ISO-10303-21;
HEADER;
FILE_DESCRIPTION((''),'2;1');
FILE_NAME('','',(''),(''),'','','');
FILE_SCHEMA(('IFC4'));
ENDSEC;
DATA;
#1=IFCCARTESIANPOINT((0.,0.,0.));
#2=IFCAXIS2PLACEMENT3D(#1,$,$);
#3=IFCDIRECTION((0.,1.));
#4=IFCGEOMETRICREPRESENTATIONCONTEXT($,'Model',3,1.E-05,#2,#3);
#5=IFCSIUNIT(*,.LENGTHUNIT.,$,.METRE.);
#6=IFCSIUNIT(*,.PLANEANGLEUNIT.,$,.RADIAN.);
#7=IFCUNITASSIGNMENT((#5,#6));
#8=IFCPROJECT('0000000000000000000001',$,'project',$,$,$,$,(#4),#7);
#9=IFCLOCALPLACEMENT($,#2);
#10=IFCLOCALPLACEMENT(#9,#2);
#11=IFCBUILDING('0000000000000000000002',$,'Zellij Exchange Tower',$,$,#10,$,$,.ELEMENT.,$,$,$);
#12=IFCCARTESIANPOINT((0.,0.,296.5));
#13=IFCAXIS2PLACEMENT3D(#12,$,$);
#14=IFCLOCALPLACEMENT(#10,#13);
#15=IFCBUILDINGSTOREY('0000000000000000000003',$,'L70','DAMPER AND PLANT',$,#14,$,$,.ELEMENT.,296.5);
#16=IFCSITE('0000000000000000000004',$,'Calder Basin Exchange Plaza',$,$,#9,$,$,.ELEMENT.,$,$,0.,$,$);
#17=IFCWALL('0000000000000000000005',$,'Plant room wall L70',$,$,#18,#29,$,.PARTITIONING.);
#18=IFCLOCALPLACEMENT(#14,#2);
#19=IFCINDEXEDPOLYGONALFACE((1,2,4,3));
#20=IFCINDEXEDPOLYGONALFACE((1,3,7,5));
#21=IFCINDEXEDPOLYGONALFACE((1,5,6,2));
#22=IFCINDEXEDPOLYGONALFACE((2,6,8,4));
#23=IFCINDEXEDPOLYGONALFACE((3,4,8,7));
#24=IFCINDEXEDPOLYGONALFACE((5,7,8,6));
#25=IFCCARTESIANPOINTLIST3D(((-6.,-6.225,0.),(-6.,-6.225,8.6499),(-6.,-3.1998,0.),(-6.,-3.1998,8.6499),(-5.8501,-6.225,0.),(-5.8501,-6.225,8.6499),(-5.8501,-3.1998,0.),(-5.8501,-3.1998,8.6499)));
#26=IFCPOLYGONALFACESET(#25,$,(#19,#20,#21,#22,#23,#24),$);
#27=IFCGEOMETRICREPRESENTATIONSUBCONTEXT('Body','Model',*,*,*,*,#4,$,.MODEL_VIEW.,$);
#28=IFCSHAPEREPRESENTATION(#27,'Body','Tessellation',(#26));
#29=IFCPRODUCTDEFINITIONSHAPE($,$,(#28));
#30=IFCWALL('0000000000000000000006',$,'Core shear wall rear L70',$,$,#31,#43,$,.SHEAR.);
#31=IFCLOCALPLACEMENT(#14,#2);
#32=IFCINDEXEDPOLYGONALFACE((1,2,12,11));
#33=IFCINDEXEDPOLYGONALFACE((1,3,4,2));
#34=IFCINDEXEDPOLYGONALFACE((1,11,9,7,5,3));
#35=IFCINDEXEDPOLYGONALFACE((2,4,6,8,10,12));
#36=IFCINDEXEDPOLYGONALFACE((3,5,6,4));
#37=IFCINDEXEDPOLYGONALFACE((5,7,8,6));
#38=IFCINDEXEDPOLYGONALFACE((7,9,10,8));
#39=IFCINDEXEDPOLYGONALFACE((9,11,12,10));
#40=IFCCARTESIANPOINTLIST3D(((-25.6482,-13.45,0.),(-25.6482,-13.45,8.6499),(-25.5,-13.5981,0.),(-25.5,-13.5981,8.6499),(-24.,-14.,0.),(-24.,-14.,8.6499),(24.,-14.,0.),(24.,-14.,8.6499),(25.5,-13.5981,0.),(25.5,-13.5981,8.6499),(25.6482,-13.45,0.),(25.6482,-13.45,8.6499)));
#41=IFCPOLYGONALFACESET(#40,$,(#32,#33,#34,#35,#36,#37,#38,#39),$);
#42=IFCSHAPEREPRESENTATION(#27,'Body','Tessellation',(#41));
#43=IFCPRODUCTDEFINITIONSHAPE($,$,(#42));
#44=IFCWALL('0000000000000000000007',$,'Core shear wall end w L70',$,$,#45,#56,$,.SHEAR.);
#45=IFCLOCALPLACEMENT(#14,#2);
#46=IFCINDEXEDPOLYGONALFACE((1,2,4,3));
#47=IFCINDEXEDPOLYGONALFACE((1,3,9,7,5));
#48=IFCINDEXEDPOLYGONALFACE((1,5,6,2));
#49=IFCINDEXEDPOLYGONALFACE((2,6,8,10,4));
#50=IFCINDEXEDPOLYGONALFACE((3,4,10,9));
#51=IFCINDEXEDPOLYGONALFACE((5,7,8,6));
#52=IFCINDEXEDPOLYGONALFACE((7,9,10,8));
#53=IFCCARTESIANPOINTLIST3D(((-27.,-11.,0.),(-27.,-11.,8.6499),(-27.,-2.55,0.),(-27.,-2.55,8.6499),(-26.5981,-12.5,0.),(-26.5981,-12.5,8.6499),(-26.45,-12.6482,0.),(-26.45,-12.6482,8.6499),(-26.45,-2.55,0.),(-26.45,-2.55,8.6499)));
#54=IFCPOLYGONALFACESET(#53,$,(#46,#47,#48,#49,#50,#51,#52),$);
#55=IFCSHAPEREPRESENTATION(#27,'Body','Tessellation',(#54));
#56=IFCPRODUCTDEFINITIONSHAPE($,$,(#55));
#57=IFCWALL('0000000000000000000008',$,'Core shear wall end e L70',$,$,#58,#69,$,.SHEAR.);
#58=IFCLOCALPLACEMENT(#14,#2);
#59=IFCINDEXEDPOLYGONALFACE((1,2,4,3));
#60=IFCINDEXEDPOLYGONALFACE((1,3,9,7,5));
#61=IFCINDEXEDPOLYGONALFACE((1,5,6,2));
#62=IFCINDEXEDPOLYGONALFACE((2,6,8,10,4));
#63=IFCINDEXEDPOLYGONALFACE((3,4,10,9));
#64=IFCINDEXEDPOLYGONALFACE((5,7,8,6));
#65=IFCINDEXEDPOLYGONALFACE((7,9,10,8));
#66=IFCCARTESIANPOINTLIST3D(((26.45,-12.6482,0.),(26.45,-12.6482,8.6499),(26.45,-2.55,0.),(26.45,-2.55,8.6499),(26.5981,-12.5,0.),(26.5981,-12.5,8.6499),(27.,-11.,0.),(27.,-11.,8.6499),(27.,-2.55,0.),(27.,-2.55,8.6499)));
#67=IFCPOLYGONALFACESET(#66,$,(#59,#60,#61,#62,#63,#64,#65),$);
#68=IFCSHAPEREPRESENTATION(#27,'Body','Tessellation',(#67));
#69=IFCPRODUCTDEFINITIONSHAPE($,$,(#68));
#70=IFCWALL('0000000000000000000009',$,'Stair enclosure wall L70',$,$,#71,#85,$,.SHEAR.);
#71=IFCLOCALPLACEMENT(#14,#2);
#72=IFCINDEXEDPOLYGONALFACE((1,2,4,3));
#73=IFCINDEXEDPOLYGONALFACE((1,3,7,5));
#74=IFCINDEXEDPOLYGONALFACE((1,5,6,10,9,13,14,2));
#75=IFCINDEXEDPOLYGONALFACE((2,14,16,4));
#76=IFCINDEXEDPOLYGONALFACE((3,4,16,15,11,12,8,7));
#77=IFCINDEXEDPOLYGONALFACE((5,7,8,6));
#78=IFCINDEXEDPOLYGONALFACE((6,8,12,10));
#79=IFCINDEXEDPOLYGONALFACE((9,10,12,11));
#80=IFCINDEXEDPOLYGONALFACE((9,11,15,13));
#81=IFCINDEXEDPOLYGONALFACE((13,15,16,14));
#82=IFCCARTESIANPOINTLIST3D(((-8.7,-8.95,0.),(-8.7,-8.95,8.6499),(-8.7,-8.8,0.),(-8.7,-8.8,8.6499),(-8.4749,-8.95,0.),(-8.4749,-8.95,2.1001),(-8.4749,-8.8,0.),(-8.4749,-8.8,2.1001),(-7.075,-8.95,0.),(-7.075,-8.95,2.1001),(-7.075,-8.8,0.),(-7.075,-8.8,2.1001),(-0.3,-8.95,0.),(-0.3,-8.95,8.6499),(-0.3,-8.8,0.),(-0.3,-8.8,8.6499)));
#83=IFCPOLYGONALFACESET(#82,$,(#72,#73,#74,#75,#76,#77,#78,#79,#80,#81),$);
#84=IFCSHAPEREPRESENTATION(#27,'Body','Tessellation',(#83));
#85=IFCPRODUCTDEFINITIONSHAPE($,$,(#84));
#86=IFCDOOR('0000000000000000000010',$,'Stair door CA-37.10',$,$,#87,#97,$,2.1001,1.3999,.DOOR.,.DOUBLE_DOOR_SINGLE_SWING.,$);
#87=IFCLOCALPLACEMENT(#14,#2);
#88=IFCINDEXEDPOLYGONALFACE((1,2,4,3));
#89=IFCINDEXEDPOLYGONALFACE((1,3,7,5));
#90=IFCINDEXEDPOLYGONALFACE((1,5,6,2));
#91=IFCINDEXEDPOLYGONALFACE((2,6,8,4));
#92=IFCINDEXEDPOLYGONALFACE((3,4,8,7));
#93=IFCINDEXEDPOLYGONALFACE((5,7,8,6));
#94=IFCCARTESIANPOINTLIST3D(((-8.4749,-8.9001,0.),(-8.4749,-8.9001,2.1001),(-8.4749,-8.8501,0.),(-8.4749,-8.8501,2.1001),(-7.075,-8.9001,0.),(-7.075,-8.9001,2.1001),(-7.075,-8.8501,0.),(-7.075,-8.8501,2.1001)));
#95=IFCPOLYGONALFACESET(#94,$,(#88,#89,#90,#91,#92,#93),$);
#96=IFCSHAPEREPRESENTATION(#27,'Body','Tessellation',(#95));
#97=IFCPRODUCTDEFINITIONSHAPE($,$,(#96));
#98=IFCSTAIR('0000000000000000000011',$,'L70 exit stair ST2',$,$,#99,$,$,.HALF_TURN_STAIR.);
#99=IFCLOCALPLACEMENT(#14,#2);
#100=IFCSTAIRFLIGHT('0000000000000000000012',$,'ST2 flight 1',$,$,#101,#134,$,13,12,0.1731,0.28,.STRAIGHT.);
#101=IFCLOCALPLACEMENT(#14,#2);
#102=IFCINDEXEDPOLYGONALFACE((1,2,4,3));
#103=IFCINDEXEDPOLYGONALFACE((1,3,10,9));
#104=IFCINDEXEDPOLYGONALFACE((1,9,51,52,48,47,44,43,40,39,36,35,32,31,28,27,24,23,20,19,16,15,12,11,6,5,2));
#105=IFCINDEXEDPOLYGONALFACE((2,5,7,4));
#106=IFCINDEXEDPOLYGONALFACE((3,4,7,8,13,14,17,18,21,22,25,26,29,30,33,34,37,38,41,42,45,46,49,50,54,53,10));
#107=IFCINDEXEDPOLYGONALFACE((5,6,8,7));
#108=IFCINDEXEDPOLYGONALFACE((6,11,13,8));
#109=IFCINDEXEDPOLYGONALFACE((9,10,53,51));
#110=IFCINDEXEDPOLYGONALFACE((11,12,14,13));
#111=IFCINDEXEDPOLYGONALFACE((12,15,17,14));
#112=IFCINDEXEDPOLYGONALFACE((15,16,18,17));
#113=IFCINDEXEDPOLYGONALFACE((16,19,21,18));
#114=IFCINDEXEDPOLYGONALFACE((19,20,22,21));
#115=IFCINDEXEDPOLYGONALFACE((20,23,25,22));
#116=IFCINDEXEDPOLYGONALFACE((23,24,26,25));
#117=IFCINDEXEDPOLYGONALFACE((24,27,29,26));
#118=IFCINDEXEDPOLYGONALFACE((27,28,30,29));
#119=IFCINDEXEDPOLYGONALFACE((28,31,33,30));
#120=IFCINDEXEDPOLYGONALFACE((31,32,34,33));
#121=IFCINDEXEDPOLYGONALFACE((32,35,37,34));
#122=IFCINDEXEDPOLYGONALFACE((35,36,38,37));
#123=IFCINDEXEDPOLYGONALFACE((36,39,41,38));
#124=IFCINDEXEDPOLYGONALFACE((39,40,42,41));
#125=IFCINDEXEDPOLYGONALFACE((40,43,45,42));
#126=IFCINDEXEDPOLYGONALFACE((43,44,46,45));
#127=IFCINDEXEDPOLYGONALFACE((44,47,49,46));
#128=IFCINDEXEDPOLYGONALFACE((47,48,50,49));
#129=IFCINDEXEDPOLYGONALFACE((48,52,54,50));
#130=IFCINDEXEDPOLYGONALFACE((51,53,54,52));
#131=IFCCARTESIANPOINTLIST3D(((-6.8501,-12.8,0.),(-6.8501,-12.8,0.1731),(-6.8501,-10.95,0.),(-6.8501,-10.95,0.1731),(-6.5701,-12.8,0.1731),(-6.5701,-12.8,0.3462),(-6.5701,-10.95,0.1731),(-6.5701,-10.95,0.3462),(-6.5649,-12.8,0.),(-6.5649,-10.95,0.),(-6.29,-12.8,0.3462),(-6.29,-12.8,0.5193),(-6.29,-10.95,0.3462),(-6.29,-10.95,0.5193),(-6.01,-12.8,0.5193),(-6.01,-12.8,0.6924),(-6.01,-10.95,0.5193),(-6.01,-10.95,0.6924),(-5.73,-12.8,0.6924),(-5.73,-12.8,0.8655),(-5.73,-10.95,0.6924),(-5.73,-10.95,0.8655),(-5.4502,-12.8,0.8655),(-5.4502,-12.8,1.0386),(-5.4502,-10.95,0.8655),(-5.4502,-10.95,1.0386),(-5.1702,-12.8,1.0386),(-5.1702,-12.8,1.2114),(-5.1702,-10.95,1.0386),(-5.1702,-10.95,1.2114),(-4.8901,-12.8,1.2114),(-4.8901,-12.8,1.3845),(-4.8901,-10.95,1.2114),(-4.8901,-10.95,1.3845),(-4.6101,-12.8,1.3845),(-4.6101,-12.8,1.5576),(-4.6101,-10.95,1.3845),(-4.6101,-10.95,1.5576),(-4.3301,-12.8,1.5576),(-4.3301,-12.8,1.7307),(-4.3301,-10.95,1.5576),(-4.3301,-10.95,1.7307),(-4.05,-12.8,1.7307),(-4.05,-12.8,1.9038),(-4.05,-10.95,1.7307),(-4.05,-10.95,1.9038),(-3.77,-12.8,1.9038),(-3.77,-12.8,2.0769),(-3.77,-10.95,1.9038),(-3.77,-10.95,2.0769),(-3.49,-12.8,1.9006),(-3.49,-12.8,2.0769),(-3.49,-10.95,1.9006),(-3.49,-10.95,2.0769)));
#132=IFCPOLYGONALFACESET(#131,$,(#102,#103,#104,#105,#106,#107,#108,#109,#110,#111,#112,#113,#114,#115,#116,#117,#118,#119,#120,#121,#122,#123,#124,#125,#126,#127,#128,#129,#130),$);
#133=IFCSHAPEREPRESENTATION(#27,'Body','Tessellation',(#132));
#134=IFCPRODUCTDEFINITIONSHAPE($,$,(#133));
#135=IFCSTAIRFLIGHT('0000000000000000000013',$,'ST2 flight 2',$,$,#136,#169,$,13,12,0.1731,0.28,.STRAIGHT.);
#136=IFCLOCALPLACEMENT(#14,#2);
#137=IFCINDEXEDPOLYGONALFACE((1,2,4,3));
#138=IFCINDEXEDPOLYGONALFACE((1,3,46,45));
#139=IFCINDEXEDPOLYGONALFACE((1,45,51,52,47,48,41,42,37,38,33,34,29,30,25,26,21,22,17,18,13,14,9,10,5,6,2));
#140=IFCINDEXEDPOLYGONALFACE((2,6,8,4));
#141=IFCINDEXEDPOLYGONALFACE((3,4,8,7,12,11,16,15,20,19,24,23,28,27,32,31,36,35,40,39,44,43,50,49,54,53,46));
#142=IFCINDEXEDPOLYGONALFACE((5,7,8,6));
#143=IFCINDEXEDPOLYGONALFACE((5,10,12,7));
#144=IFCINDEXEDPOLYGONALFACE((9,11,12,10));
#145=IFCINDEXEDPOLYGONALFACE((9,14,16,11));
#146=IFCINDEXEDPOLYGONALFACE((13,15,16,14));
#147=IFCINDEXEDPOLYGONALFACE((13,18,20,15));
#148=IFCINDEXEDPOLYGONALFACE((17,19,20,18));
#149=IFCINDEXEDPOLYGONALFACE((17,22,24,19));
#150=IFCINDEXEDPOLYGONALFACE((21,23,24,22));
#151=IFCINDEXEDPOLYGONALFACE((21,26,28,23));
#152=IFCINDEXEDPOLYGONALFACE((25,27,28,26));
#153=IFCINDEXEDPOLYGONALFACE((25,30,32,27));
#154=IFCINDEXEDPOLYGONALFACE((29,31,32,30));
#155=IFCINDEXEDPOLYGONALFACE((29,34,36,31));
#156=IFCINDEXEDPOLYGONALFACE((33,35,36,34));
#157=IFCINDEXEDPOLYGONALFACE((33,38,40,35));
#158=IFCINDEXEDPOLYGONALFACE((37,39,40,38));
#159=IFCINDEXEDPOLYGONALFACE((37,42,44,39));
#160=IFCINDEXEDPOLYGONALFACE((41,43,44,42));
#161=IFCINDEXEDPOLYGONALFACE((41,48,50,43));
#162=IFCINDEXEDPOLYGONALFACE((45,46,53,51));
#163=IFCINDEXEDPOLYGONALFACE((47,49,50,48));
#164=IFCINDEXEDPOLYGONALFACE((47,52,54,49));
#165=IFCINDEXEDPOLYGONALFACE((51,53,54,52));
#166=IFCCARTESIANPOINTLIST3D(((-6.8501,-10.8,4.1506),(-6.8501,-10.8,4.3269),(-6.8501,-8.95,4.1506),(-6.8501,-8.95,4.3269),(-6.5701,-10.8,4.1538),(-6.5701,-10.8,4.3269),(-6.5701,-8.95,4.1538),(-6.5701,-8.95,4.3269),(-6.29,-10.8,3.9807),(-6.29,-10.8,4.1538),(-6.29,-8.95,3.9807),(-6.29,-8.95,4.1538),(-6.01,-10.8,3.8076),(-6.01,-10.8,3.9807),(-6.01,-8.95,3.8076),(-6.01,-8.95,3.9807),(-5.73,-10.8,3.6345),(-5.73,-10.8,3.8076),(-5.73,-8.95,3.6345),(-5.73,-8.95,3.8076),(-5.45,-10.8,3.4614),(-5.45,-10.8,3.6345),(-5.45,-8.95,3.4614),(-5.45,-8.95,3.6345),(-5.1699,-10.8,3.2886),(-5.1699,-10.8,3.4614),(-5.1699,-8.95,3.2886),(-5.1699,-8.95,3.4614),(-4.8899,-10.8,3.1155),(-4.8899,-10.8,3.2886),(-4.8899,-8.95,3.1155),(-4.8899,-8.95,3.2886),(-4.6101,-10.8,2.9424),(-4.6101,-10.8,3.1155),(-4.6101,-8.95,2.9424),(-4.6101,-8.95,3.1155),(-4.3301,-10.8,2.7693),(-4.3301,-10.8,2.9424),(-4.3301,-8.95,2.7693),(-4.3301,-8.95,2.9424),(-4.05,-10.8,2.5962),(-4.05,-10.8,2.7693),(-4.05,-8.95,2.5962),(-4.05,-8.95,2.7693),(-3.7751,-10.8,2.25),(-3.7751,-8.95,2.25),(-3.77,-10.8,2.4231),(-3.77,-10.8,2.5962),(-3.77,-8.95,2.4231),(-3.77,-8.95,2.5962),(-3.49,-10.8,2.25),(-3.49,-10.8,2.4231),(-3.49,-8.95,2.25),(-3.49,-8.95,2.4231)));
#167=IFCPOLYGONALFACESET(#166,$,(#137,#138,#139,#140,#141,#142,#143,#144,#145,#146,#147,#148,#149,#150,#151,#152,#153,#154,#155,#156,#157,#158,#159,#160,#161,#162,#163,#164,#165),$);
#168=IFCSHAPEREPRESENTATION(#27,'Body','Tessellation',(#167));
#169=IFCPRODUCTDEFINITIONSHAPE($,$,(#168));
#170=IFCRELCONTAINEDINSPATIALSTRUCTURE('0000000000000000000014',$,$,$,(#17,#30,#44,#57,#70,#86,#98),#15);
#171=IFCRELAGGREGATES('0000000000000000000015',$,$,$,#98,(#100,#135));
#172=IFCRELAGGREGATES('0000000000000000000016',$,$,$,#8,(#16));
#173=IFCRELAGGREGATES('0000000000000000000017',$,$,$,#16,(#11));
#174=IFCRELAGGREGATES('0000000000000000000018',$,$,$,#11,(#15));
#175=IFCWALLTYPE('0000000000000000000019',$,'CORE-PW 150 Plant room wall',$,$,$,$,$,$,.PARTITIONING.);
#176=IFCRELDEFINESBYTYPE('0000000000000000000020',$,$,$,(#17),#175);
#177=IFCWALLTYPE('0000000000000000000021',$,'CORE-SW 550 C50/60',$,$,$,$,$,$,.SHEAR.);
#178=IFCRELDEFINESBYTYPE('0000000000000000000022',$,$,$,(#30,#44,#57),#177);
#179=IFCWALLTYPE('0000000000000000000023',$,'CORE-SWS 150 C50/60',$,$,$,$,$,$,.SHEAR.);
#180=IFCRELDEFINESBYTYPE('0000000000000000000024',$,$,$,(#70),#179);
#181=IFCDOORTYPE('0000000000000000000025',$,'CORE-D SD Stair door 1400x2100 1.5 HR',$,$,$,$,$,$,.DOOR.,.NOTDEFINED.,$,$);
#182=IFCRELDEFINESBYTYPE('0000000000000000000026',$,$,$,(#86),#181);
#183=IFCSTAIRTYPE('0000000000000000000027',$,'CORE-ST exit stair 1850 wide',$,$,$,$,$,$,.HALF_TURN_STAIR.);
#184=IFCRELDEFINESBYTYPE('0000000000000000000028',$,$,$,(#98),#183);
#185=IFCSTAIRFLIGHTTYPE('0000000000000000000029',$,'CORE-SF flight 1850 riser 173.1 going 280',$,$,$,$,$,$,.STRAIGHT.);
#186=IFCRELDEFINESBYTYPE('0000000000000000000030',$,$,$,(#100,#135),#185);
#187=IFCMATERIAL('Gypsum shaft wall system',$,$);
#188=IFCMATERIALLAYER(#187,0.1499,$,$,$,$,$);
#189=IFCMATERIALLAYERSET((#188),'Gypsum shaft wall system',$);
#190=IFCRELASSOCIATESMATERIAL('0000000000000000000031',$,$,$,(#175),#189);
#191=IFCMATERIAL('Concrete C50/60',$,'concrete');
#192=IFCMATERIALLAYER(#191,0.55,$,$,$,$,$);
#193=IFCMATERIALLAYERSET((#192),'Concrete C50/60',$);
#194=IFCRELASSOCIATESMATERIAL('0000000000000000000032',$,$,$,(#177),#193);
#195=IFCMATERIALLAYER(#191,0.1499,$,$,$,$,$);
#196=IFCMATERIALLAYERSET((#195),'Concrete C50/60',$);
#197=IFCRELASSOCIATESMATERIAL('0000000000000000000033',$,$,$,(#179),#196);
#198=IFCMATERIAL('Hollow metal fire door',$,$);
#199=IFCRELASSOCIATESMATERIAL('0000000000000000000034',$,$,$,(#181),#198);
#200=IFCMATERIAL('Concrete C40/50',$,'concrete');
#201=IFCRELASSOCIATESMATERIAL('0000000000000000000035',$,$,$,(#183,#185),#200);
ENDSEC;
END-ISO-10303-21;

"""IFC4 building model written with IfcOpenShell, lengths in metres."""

from ifc_helpers import new_model, si_unit, direction, frame, frame_2d, origin, place, context, subcontext, project, spatial, polyline, rectangle, outline, extrude, material, layer, layer_set, type_object, element, fill, aggregate, save


model = new_model("IFC4")

# Units and contexts
model_context = context("Model", 3, precision=1e-05, world=origin(), true_north=direction((0.0, 1.0)))
body_context = subcontext(model_context, "Body", "Model", "MODEL_VIEW")
ifc_project = project(units=[si_unit("LENGTHUNIT", "METRE"), si_unit("PLANEANGLEUNIT", "RADIAN")], contexts=[model_context])

# Site, building, storey
site_placement = place(None, origin())
site = spatial("IfcSite", under=ifc_project, at=site_placement, Name="Calder Basin Exchange Plaza", CompositionType="ELEMENT", RefElevation=0.0)
building_placement = place(site_placement, origin())
building = spatial("IfcBuilding", under=site, at=building_placement, Name="Zellij Exchange Tower", CompositionType="ELEMENT")
storey_placement = place(building_placement, frame((0.0, 0.0, 296.5)))
storey = spatial("IfcBuildingStorey", under=building, at=storey_placement, Name="L70", Description="DAMPER AND PLANT", CompositionType="ELEMENT", Elevation=296.5)

# Shared definitions
ifc_material_1 = material(Name="Concrete C40/50", Category="concrete")

# Shared definitions
ifc_material_2 = material(Name="Gypsum shaft wall system")
ifc_material_3 = material(Name="Hollow metal fire door")

# Walls
ifc_layer_1 = layer(ifc_material_2, 0.1499)
ifc_layer_set_1 = layer_set([ifc_layer_1], Name="Gypsum shaft wall system")
wall_type_1 = type_object("IfcWallType", Name="CORE-PW 150 Plant room wall", PredefinedType="PARTITIONING", material=ifc_layer_set_1)
wall_1_placement = place(storey_placement, frame((-5.925, -6.2251, 0.0), z_axis=(0.0, 0.0, 1.0), x_axis=(0.0, 1.0, 0.0)))
element("IfcWall", 1, at=wall_1_placement, inside=storey, type_object=wall_type_1, Name="Plant room wall L70", PredefinedType="PARTITIONING", context=body_context, shape_type="SweptSolid", body=[
    extrude(rectangle(XDim=3.0251, YDim=0.1499, at=frame_2d((1.5127, 0.0))), origin(), (0.0, 0.0, 1.0), 8.6499),
])
ifc_material_4 = material(Name="Concrete C50/60", Category="concrete")
ifc_layer_2 = layer(ifc_material_4, 0.55)
ifc_layer_set_2 = layer_set([ifc_layer_2], Name="Concrete C50/60")
wall_type_2 = type_object("IfcWallType", Name="CORE-SW 550 C50/60", PredefinedType="SHEAR", material=ifc_layer_set_2)
wall_2_placement = place(storey_placement, origin())
element("IfcWall", 2, at=wall_2_placement, inside=storey, type_object=wall_type_2, Name="Core shear wall rear L70", PredefinedType="SHEAR", context=body_context, shape_type="SweptSolid", body=[
    extrude(outline(polyline([(25.6482, -13.45), (25.5, -13.5981), (24.0, -14.0), (-24.0, -14.0), (-25.5, -13.5981), (-25.6482, -13.45), (25.6482, -13.45)])), origin(), (0.0, 0.0, 1.0), 8.6499),
])
wall_3_placement = place(storey_placement, origin())
element("IfcWall", 3, at=wall_3_placement, inside=storey, type_object=wall_type_2, Name="Core shear wall end w L70", PredefinedType="SHEAR", context=body_context, shape_type="SweptSolid", body=[
    extrude(outline(polyline([(-26.45, -2.55), (-26.45, -12.6482), (-26.5981, -12.5), (-27.0, -11.0), (-27.0, -2.55), (-26.45, -2.55)])), origin(), (0.0, 0.0, 1.0), 8.6499),
])
wall_4_placement = place(storey_placement, origin())
element("IfcWall", 4, at=wall_4_placement, inside=storey, type_object=wall_type_2, Name="Core shear wall end e L70", PredefinedType="SHEAR", context=body_context, shape_type="SweptSolid", body=[
    extrude(outline(polyline([(27.0, -11.0), (26.5981, -12.5), (26.45, -12.6482), (26.45, -2.55), (27.0, -2.55), (27.0, -11.0)])), origin(), (0.0, 0.0, 1.0), 8.6499),
])

# Wall, opening, door
ifc_layer_3 = layer(ifc_material_4, 0.1499)
ifc_layer_set_3 = layer_set([ifc_layer_3], Name="Concrete C50/60")
wall_type_3 = type_object("IfcWallType", Name="CORE-SWS 150 C50/60", PredefinedType="SHEAR", material=ifc_layer_set_3)
wall_5_placement = place(storey_placement, frame((-8.7, -8.875, 0.0), z_axis=(0.0, 0.0, 1.0), x_axis=(1.0, 0.0, 0.0)))
wall_5 = element("IfcWall", 5, at=wall_5_placement, inside=storey, type_object=wall_type_3, Name="Stair enclosure wall L70", PredefinedType="SHEAR", context=body_context, shape_type="SweptSolid", body=[
    extrude(rectangle(XDim=8.3999, YDim=0.1499, at=frame_2d((4.2, 0.0))), origin(), (0.0, 0.0, 1.0), 8.6499),
])
opening_1_placement = place(wall_5_placement, frame((0.2251, 0.0, 0.0)))
opening_1 = element("IfcOpeningElement", 6, at=opening_1_placement, cuts=wall_5, PredefinedType="OPENING", context=body_context, shape_type="SweptSolid", body=[
    extrude(rectangle(XDim=1.3999, YDim=2.1001, at=frame_2d((0.7, 1.05))), frame((0.0, 0.0869, 0.0), z_axis=(0.0, -1.0, 0.0), x_axis=(1.0, 0.0, 0.0)), (0.0, 0.0, 1.0), 0.1738),
])
door_type_1 = type_object("IfcDoorType", Name="CORE-D SD Stair door 1400x2100 1.5 HR", OperationType="NOTDEFINED", PredefinedType="DOOR", material=ifc_material_3)
door_1_placement = place(opening_1_placement, origin())
door_1 = element("IfcDoor", 7, at=door_1_placement, inside=storey, type_object=door_type_1, Name="Stair door CA-37.10", OperationType="DOUBLE_DOOR_SINGLE_SWING", OverallHeight=2.1001, OverallWidth=1.3999, PredefinedType="DOOR", context=body_context, shape_type="SweptSolid", body=[
    extrude(rectangle(XDim=1.3999, YDim=2.1001, at=frame_2d((0.7, 1.05))), frame((0.0, 0.0249, 0.0), z_axis=(0.0, -1.0, 0.0), x_axis=(1.0, 0.0, 0.0)), (0.0, 0.0, 1.0), 0.05),
])
fill(opening_1, door_1)

# Stair, stair flights
stair_type = type_object("IfcStairType", Name="CORE-ST exit stair 1850 wide", PredefinedType="HALF_TURN_STAIR", material=ifc_material_1)
stair_placement = place(storey_placement, origin())
stair = element("IfcStair", 8, at=stair_placement, inside=storey, type_object=stair_type, Name="L70 exit stair ST2", PredefinedType="HALF_TURN_STAIR")
stair_flight_type = type_object("IfcStairFlightType", Name="CORE-SF flight 1850 riser 173.1 going 280", PredefinedType="STRAIGHT", material=ifc_material_1)
stair_flight_1_placement = place(storey_placement, frame((-6.8501, -11.875, 0.0), z_axis=(0.0, 0.0, 1.0), x_axis=(1.0, 0.0, 0.0)))
stair_flight_1 = element("IfcStairFlight", 9, at=stair_flight_1_placement, type_object=stair_flight_type, Name="ST2 flight 1", NumberOfRisers=13, NumberOfTreads=12, PredefinedType="STRAIGHT", RiserHeight=0.1731, TreadLength=0.28, context=body_context, shape_type="SweptSolid", body=[
    extrude(outline(polyline([(0.0, 0.0), (0.0, 0.1731), (0.28, 0.1731), (0.28, 0.3462), (0.5601, 0.3462), (0.5601, 0.5193), (0.8401, 0.5193), (0.8401, 0.6924), (1.1201, 0.6924), (1.1201, 0.8655), (1.3999, 0.8655), (1.3999, 1.0386), (1.6799, 1.0386), (1.6799, 1.2114), (1.96, 1.2114), (1.96, 1.3845), (2.24, 1.3845), (2.24, 1.5576), (2.52, 1.5576), (2.52, 1.7307), (2.8, 1.7307), (2.8, 1.9038), (3.0801, 1.9038), (3.0801, 2.0769), (3.3601, 2.0769), (3.3601, 2.25), (3.3601, 1.9006), (0.2852, 0.0), (0.0, 0.0)])), frame((0.0, 0.925, 0.0), z_axis=(0.0, -1.0, 0.0), x_axis=(1.0, 0.0, 0.0)), (0.0, 0.0, 1.0), 1.8501),
])
stair_flight_2_placement = place(storey_placement, frame((-3.49, -9.875, 2.25), z_axis=(0.0, 0.0, 1.0), x_axis=(-1.0, 0.0, 0.0)))
stair_flight_2 = element("IfcStairFlight", 10, at=stair_flight_2_placement, type_object=stair_flight_type, Name="ST2 flight 2", NumberOfRisers=13, NumberOfTreads=12, PredefinedType="STRAIGHT", RiserHeight=0.1731, TreadLength=0.28, context=body_context, shape_type="SweptSolid", body=[
    extrude(outline(polyline([(0.0, 0.0), (0.0, 0.1731), (0.28, 0.1731), (0.28, 0.3462), (0.5601, 0.3462), (0.5601, 0.5193), (0.8401, 0.5193), (0.8401, 0.6924), (1.1201, 0.6924), (1.1201, 0.8655), (1.3999, 0.8655), (1.3999, 1.0386), (1.6799, 1.0386), (1.6799, 1.2114), (1.96, 1.2114), (1.96, 1.3845), (2.24, 1.3845), (2.24, 1.5576), (2.52, 1.5576), (2.52, 1.7307), (2.8, 1.7307), (2.8, 1.9038), (3.0801, 1.9038), (3.0801, 2.0769), (3.3601, 2.0769), (3.3601, 2.25), (3.3601, 1.9006), (0.2852, 0.0), (0.0, 0.0)])), frame((0.0, 0.925, 0.0), z_axis=(0.0, -1.0, 0.0), x_axis=(1.0, 0.0, 0.0)), (0.0, 0.0, 1.0), 1.8501),
])
aggregate(stair, [stair_flight_1, stair_flight_2])

save(model, "model.ifc")
